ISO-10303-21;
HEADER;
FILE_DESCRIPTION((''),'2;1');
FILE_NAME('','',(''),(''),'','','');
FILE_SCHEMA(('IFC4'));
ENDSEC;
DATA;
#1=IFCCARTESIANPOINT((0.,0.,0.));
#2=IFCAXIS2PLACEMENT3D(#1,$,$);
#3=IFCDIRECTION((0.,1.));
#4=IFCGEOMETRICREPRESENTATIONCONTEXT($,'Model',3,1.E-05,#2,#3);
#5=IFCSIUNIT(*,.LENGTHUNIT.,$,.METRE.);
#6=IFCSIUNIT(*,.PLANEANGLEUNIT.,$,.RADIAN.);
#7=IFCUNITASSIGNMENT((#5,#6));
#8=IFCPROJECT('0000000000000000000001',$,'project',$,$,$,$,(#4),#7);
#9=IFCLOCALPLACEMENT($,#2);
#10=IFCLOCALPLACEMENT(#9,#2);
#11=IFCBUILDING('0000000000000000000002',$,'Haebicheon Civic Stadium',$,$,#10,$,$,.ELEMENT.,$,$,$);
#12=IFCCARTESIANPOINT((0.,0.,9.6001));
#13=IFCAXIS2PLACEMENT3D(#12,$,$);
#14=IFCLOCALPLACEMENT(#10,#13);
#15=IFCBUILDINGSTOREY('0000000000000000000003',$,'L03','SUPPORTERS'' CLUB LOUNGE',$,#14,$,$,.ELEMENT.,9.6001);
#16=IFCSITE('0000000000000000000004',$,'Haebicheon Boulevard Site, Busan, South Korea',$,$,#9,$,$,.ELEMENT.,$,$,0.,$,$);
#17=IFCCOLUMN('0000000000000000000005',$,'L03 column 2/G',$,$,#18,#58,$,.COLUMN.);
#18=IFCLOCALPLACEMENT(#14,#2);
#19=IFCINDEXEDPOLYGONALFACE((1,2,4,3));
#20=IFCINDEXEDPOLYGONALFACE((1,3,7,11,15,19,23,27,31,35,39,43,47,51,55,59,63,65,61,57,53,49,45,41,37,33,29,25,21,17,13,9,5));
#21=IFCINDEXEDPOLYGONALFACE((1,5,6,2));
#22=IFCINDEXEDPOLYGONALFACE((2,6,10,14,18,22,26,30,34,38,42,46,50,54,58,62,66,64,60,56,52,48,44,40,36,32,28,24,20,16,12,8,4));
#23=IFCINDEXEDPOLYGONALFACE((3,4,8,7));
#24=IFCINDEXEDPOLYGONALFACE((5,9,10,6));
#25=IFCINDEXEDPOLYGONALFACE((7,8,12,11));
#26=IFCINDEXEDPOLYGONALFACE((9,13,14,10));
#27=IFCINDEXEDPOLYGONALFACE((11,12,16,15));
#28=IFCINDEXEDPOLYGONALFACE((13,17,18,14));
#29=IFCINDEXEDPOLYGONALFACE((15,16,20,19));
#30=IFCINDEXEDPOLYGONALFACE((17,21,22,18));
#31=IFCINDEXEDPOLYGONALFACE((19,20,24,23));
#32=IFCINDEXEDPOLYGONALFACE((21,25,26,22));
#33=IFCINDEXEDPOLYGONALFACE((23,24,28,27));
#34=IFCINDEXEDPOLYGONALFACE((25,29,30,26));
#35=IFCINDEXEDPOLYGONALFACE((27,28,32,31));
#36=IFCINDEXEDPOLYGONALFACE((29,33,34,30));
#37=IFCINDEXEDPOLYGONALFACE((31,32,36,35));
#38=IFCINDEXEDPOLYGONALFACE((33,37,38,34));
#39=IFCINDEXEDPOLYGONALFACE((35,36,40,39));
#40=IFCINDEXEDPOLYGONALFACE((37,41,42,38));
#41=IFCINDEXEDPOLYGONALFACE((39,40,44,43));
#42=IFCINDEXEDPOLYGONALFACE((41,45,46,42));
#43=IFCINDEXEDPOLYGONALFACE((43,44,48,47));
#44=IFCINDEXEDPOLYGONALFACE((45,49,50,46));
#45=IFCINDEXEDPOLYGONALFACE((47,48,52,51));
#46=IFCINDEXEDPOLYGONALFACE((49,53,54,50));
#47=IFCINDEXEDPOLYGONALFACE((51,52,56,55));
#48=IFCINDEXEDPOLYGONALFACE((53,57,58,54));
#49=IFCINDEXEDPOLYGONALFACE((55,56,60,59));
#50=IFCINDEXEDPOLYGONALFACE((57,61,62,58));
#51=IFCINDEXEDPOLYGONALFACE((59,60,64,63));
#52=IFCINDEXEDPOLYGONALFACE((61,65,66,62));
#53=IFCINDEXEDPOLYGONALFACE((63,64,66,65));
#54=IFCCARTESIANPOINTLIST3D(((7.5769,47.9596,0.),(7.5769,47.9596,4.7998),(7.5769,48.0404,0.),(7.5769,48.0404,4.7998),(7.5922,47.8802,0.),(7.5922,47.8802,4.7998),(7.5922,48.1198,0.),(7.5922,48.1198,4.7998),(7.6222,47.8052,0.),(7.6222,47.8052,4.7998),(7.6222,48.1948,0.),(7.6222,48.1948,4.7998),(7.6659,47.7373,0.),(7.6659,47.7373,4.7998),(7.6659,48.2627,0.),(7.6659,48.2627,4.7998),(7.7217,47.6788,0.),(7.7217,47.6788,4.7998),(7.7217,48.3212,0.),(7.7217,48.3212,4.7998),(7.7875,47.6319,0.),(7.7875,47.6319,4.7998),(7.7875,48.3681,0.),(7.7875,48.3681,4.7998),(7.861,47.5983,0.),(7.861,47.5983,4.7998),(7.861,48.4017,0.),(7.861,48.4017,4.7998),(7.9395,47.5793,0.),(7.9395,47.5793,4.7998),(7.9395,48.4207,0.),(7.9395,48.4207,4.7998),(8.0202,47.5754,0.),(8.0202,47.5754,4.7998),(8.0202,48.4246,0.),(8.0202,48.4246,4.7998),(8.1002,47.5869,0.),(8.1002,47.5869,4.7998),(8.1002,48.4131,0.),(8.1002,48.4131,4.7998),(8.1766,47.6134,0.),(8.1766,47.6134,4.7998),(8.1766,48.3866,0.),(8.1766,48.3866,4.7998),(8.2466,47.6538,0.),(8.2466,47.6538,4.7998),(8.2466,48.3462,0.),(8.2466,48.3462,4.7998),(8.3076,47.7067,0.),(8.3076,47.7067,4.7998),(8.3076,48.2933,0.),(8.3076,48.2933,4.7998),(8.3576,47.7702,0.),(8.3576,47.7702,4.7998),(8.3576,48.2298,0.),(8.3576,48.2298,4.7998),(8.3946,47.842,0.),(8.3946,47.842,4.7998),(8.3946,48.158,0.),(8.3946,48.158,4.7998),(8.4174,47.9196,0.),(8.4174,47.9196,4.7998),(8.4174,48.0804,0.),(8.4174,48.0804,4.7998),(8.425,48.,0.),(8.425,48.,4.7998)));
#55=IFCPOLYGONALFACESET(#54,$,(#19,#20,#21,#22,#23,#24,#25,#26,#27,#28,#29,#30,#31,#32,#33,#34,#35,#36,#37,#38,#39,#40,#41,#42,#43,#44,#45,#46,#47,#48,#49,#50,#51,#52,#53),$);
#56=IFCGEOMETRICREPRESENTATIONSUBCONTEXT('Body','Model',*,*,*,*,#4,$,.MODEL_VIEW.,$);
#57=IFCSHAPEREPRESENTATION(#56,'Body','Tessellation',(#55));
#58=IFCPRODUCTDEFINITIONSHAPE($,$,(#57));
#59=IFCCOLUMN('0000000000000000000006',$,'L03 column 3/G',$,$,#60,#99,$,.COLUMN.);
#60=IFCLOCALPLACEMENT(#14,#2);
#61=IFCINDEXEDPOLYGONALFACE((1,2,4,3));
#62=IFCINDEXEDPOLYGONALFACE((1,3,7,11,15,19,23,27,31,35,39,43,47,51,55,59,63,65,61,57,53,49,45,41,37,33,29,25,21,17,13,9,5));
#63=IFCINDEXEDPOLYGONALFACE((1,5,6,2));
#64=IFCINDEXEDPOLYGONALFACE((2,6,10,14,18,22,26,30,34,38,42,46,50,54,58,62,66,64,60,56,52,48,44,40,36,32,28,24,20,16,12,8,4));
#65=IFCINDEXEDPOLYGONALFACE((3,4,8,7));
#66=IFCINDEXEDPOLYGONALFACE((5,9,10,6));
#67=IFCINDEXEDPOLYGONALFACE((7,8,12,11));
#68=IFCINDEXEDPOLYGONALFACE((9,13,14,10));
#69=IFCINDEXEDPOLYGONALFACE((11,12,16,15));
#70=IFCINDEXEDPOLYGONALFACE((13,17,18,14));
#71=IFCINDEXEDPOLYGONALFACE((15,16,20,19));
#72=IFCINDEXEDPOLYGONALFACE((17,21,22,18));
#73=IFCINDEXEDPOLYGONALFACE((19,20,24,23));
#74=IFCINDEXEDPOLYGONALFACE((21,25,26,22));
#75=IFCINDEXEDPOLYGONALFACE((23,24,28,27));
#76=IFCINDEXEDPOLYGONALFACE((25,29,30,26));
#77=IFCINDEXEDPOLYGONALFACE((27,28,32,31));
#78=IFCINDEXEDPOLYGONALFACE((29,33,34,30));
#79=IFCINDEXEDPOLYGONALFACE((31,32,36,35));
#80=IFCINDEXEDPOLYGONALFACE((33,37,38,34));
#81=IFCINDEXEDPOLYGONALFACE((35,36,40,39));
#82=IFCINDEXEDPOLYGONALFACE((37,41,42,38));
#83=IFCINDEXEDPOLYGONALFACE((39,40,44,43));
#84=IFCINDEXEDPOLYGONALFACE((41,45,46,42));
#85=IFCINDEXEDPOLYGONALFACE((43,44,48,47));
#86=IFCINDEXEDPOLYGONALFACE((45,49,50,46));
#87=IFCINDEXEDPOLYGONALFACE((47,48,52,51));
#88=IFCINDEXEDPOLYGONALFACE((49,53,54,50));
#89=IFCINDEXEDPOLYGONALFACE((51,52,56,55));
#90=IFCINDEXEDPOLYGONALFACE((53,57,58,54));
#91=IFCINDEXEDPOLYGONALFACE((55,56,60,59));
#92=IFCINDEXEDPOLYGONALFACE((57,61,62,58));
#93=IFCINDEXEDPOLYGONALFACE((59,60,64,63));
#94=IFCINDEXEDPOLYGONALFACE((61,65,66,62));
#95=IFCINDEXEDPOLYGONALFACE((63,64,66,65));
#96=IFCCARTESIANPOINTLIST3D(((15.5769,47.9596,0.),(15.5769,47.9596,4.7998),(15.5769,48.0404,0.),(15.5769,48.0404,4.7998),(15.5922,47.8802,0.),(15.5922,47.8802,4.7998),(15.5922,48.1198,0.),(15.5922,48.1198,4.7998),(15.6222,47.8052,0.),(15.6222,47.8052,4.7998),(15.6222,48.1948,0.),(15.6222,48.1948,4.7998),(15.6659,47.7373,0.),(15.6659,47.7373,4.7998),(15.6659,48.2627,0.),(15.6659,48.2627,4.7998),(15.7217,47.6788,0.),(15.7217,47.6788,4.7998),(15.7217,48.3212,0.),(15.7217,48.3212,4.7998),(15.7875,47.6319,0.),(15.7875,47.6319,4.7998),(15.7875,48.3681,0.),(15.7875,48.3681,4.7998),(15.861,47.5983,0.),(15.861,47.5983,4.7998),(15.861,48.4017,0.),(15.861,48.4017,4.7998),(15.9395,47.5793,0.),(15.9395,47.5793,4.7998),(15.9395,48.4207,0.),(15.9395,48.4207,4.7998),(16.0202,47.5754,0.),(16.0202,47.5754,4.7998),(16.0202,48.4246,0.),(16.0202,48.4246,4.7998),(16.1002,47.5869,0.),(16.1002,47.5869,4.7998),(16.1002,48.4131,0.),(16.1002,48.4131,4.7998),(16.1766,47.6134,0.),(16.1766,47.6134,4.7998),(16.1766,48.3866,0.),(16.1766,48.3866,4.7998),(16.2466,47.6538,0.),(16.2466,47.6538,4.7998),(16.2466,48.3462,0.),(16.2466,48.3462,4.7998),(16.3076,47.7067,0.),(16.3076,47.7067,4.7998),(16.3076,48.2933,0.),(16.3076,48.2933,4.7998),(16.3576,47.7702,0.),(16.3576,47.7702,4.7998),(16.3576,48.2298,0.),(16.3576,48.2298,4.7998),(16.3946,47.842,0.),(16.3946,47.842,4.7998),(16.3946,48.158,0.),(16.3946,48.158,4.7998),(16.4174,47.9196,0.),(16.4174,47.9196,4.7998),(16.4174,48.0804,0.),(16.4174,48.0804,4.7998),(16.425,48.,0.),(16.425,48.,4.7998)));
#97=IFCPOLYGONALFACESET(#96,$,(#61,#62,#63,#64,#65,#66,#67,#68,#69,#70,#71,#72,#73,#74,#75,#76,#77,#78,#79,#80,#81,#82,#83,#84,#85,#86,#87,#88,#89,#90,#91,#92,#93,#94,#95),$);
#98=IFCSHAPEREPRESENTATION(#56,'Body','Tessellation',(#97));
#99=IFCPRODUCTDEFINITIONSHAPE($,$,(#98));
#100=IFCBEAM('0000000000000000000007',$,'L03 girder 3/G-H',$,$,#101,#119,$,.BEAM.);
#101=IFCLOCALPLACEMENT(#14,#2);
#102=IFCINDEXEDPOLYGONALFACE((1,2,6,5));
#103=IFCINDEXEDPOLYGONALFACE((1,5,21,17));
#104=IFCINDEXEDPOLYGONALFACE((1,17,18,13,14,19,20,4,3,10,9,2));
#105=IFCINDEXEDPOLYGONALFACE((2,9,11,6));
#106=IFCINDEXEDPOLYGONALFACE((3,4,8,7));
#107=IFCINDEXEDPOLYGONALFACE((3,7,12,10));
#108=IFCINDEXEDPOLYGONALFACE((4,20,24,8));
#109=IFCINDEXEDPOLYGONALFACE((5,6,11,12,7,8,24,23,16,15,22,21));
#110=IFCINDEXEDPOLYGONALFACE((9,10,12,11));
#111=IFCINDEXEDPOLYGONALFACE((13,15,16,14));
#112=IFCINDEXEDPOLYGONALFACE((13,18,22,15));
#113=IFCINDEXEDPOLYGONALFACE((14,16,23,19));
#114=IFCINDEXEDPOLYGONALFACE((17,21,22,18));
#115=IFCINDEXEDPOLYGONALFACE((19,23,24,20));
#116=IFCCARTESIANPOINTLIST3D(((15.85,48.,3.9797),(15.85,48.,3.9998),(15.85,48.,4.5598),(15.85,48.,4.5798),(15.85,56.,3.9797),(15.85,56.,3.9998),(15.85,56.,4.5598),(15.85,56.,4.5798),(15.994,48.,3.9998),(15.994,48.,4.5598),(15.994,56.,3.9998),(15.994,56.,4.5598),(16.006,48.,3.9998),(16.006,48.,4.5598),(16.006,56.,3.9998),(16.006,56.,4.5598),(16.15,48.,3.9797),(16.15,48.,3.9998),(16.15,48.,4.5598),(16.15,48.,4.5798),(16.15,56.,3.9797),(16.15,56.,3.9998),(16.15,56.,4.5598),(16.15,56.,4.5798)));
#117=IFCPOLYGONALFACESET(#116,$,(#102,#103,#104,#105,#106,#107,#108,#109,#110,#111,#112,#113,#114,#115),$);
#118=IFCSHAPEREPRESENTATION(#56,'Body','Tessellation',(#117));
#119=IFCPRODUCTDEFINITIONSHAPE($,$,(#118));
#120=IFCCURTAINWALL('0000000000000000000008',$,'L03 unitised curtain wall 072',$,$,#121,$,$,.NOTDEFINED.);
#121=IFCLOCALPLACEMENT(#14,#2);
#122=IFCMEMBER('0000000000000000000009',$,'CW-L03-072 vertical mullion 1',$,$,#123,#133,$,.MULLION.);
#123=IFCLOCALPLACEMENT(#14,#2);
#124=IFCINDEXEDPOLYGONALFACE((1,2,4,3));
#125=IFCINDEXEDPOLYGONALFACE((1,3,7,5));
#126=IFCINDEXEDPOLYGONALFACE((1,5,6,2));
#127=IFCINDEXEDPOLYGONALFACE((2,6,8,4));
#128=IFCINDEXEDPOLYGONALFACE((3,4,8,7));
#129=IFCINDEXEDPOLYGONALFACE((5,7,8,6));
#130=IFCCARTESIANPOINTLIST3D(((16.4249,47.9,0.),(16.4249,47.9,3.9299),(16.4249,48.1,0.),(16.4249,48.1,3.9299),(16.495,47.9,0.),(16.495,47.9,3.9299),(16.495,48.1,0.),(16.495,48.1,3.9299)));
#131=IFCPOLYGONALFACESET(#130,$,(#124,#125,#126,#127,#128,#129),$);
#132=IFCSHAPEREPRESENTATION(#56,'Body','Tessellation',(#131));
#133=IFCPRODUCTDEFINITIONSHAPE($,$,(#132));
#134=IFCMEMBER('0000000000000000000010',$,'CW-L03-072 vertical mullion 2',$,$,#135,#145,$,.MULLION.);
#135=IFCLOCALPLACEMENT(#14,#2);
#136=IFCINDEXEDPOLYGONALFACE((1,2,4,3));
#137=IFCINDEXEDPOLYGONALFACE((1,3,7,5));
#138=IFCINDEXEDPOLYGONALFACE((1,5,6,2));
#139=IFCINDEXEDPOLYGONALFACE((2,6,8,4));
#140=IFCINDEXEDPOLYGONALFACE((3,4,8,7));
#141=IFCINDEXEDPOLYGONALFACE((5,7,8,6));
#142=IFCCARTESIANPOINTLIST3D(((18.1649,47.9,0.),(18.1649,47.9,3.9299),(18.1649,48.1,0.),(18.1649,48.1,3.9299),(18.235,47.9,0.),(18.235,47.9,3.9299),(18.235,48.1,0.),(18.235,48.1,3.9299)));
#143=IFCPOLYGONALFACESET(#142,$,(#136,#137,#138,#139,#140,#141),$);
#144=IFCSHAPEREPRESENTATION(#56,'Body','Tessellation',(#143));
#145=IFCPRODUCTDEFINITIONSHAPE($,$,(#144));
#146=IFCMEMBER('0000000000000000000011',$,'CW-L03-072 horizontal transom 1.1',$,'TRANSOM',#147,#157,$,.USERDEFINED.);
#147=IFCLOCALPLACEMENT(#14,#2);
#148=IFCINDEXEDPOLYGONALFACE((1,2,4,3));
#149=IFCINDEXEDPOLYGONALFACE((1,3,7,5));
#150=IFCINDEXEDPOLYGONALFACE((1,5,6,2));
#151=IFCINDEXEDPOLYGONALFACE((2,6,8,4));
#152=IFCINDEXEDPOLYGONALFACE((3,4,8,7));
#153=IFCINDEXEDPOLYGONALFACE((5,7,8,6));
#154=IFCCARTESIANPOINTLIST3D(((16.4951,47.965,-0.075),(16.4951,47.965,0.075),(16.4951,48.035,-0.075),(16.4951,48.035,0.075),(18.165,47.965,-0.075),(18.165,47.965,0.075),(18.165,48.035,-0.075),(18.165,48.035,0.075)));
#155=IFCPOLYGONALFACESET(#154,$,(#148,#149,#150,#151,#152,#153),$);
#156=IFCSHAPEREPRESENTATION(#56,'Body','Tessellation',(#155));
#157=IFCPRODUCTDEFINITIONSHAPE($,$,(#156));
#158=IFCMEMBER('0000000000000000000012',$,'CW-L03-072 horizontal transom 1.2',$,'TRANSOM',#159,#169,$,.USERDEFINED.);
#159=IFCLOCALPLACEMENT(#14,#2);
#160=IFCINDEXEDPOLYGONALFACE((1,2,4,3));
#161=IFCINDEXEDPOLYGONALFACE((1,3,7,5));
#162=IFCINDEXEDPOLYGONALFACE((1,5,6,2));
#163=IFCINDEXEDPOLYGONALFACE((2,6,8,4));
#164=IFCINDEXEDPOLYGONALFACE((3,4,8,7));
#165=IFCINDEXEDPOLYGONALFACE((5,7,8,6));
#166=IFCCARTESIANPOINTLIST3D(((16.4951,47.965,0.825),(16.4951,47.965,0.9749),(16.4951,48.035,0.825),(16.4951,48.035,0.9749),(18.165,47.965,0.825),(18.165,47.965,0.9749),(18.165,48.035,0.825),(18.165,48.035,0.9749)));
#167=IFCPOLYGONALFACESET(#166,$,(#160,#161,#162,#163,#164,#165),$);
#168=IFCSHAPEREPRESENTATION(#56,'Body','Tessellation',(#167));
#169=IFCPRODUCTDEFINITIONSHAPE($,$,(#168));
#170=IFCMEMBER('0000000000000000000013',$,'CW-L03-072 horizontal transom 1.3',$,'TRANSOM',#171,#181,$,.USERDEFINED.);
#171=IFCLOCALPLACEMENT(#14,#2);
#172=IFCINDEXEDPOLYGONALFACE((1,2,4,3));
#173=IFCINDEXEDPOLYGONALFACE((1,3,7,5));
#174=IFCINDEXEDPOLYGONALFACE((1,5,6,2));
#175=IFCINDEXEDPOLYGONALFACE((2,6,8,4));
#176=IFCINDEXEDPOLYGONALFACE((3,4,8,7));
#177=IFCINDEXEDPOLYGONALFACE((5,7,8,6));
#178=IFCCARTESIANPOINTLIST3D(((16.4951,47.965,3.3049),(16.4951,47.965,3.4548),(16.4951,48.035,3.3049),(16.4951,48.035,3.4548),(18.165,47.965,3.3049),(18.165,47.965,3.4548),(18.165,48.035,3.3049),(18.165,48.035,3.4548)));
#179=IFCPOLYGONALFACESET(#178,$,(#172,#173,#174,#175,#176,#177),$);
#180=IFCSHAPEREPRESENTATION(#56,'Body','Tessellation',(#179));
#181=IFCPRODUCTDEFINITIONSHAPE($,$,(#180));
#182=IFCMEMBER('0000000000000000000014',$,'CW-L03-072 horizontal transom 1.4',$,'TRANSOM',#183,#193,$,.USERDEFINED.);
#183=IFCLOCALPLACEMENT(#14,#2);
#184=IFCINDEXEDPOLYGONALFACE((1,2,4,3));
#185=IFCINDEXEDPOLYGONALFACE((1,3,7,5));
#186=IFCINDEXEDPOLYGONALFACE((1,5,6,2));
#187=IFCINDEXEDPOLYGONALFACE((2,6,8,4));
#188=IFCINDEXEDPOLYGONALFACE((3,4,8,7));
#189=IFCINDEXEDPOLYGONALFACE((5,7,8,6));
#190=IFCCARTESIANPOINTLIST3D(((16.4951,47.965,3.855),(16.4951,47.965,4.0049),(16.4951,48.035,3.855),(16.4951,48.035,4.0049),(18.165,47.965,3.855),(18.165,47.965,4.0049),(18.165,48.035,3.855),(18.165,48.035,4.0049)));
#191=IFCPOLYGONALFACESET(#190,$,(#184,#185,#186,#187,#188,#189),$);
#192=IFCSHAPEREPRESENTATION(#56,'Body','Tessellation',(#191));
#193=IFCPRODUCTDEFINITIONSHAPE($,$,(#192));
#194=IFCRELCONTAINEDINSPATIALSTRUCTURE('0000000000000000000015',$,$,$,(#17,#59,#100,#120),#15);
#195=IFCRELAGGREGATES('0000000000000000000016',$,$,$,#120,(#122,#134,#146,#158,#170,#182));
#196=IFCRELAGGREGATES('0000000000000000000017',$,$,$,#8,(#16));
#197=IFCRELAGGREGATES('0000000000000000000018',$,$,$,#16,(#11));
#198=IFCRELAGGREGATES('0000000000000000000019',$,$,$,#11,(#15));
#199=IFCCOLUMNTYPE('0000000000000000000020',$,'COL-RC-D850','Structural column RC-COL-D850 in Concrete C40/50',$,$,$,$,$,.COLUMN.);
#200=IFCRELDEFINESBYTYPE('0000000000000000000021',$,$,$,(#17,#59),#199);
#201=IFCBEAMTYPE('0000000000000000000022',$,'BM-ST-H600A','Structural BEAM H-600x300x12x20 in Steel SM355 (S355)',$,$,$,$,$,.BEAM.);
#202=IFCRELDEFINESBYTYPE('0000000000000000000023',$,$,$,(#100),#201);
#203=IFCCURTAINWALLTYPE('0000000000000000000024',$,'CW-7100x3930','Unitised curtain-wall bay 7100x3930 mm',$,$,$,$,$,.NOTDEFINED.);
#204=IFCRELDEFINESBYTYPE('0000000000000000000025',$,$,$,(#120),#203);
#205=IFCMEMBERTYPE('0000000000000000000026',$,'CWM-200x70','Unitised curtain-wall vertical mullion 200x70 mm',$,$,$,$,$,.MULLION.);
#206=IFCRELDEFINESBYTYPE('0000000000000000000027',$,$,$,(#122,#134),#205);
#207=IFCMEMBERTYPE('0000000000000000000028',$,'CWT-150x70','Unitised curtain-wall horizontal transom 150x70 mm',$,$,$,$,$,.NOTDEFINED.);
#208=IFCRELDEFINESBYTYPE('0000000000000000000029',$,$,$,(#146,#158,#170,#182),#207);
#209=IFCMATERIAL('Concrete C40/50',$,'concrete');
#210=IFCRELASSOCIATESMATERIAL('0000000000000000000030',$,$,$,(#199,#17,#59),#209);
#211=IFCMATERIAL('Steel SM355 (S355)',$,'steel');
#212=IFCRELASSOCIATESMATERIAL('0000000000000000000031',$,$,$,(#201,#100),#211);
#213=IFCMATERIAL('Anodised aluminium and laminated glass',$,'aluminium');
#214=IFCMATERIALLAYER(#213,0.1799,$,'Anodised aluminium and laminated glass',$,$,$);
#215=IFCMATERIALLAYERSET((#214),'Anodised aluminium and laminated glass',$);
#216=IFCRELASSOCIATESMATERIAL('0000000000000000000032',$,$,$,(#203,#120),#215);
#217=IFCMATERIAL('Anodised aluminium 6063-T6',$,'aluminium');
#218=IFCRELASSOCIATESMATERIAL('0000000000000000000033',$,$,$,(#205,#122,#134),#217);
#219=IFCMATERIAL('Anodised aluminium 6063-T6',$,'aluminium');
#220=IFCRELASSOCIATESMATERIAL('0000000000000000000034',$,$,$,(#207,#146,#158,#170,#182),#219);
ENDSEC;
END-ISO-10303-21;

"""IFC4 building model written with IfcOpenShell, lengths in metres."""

from ifc_helpers import new_model, si_unit, direction, frame, origin, origin_2d, place, context, subcontext, project, spatial, rectangle, circle, i_section, extrude, material, layer, layer_set, material_profile, profile_set, type_object, element, aggregate, save


model = new_model("IFC4")

# Units and contexts
model_context = context("Model", 3, precision=1e-05, world=origin(), true_north=direction((0.0, 1.0)))
body_context = subcontext(model_context, "Body", "Model", "MODEL_VIEW")
ifc_project = project(units=[si_unit("LENGTHUNIT", "METRE"), si_unit("PLANEANGLEUNIT", "RADIAN")], contexts=[model_context])

# Site, building, storey
site_placement = place(None, origin())
site = spatial("IfcSite", under=ifc_project, at=site_placement, Name="Haebicheon Boulevard Site, Busan, South Korea", CompositionType="ELEMENT", RefElevation=0.0)
building_placement = place(site_placement, origin())
building = spatial("IfcBuilding", under=site, at=building_placement, Name="Haebicheon Civic Stadium", CompositionType="ELEMENT")
storey_placement = place(building_placement, frame((0.0, 0.0, 9.6001)))
storey = spatial("IfcBuildingStorey", under=building, at=storey_placement, Name="L03", Description="SUPPORTERS' CLUB LOUNGE", CompositionType="ELEMENT", Elevation=9.6001)

# Columns
ifc_material_1 = material(Name="Concrete C40/50", Category="concrete")
ifc_material_profile_1 = material_profile(ifc_material_1, circle(Radius=0.425, at=origin_2d()), Name="RC-COL-D850")
ifc_profile_set_1 = profile_set([ifc_material_profile_1], Name="Concrete C40/50")
column_type = type_object("IfcColumnType", Name="COL-RC-D850", Description="Structural column RC-COL-D850 in Concrete C40/50", PredefinedType="COLUMN", material=ifc_profile_set_1)
for number, where, z_axis, x_axis, name in (
    (1, (8.0, 48.0, 0.0), (0.0, 0.0, 1.0), (1.0, 0.0, 0.0), "L03 column 2/G"),
    (2, (16.0, 48.0, 0.0), (0.0, 0.0, 1.0), (1.0, 0.0, 0.0), "L03 column 3/G"),
):
    element("IfcColumn", number, at=place(storey_placement, frame(where, z_axis=z_axis, x_axis=x_axis)), inside=storey, type_object=column_type, material=ifc_profile_set_1, Name=name, PredefinedType="COLUMN", context=body_context, shape_type="SweptSolid", body=[
        extrude(circle(Radius=0.425, at=origin_2d()), origin(), (0.0, 0.0, 1.0), 4.7998),
    ])

# Beam
ifc_material_2 = material(Name="Steel SM355 (S355)", Category="steel")
ifc_material_profile_2 = material_profile(ifc_material_2, i_section(OverallWidth=0.3, OverallDepth=0.6001, WebThickness=0.012, FlangeThickness=0.02, at=origin_2d()), Name="H-600x300x12x20")
ifc_profile_set_2 = profile_set([ifc_material_profile_2], Name="Steel SM355 (S355)")
beam_type_1 = type_object("IfcBeamType", Name="BM-ST-H600A", Description="Structural BEAM H-600x300x12x20 in Steel SM355 (S355)", PredefinedType="BEAM", material=ifc_profile_set_2)
beam_placement = place(storey_placement, frame((16.0, 48.0, 4.2798), z_axis=(0.0, 1.0, 0.0), x_axis=(-1.0, 0.0, 0.0)))
element("IfcBeam", 3, at=beam_placement, inside=storey, type_object=beam_type_1, material=ifc_profile_set_2, Name="L03 girder 3/G-H", PredefinedType="BEAM", context=body_context, shape_type="SweptSolid", body=[
    extrude(i_section(OverallWidth=0.3, OverallDepth=0.6001, WebThickness=0.012, FlangeThickness=0.02, at=origin_2d()), origin(), (0.0, 0.0, 1.0), 8.0),
])

# Curtain wall, members
ifc_material_3 = material(Name="Anodised aluminium and laminated glass", Category="aluminium")
ifc_layer_1 = layer(ifc_material_3, 0.1799, Name="Anodised aluminium and laminated glass")
ifc_layer_set_1 = layer_set([ifc_layer_1], Name="Anodised aluminium and laminated glass")
curtain_wall_type = type_object("IfcCurtainWallType", Name="CW-7100x3930", Description="Unitised curtain-wall bay 7100x3930 mm", PredefinedType="NOTDEFINED", material=ifc_layer_set_1)
curtain_wall_placement = place(storey_placement, origin())
curtain_wall = element("IfcCurtainWall", 4, at=curtain_wall_placement, inside=storey, type_object=curtain_wall_type, material=ifc_layer_set_1, Name="L03 unitised curtain wall 072", PredefinedType="NOTDEFINED")
ifc_material_4 = material(Name="Anodised aluminium 6063-T6", Category="aluminium")
ifc_material_profile_3 = material_profile(ifc_material_4, rectangle(XDim=0.0701, YDim=0.2, at=origin_2d()), Name="ALU-MULL-70x200")
ifc_profile_set_3 = profile_set([ifc_material_profile_3], Name="Anodised aluminium 6063-T6")
member_type_1 = type_object("IfcMemberType", Name="CWM-200x70", Description="Unitised curtain-wall vertical mullion 200x70 mm", PredefinedType="MULLION", material=ifc_profile_set_3)
member_1_placement = place(storey_placement, frame((16.46, 48.0, 0.0), z_axis=(0.0, 0.0, 1.0), x_axis=(1.0, 0.0, 0.0)))
member_1 = element("IfcMember", 5, at=member_1_placement, type_object=member_type_1, material=ifc_profile_set_3, Name="CW-L03-072 vertical mullion 1", PredefinedType="MULLION", context=body_context, shape_type="SweptSolid", body=[
    extrude(rectangle(XDim=0.0701, YDim=0.2, at=origin_2d()), origin(), (0.0, 0.0, 1.0), 3.9299),
])
member_2_placement = place(storey_placement, frame((18.2, 48.0, 0.0), z_axis=(0.0, 0.0, 1.0), x_axis=(1.0, 0.0, 0.0)))
member_2 = element("IfcMember", 6, at=member_2_placement, type_object=member_type_1, material=ifc_profile_set_3, Name="CW-L03-072 vertical mullion 2", PredefinedType="MULLION", context=body_context, shape_type="SweptSolid", body=[
    extrude(rectangle(XDim=0.0701, YDim=0.2, at=origin_2d()), origin(), (0.0, 0.0, 1.0), 3.9299),
])
ifc_material_5 = material(Name="Anodised aluminium 6063-T6", Category="aluminium")
ifc_material_profile_4 = material_profile(ifc_material_5, rectangle(XDim=0.0701, YDim=0.1499, at=origin_2d()), Name="ALU-TRAN-70x150")
ifc_profile_set_4 = profile_set([ifc_material_profile_4], Name="Anodised aluminium 6063-T6")
member_type_2 = type_object("IfcMemberType", Name="CWT-150x70", Description="Unitised curtain-wall horizontal transom 150x70 mm", PredefinedType="NOTDEFINED", material=ifc_profile_set_4)
member_3_placement = place(storey_placement, frame((16.4951, 48.0, 0.0), z_axis=(1.0, 0.0, 0.0), x_axis=(0.0, 1.0, 0.0)))
member_3 = element("IfcMember", 7, at=member_3_placement, type_object=member_type_2, material=ifc_profile_set_4, Name="CW-L03-072 horizontal transom 1.1", ObjectType="TRANSOM", PredefinedType="USERDEFINED", context=body_context, shape_type="SweptSolid", body=[
    extrude(rectangle(XDim=0.0701, YDim=0.1499, at=origin_2d()), origin(), (0.0, 0.0, 1.0), 1.6699),
])
member_4_placement = place(storey_placement, frame((16.4951, 48.0, 0.8999), z_axis=(1.0, 0.0, 0.0), x_axis=(0.0, 1.0, 0.0)))
member_4 = element("IfcMember", 8, at=member_4_placement, type_object=member_type_2, material=ifc_profile_set_4, Name="CW-L03-072 horizontal transom 1.2", ObjectType="TRANSOM", PredefinedType="USERDEFINED", context=body_context, shape_type="SweptSolid", body=[
    extrude(rectangle(XDim=0.0701, YDim=0.1499, at=origin_2d()), origin(), (0.0, 0.0, 1.0), 1.6699),
])
member_5_placement = place(storey_placement, frame((16.4951, 48.0, 3.3799), z_axis=(1.0, 0.0, 0.0), x_axis=(0.0, 1.0, 0.0)))
member_5 = element("IfcMember", 9, at=member_5_placement, type_object=member_type_2, material=ifc_profile_set_4, Name="CW-L03-072 horizontal transom 1.3", ObjectType="TRANSOM", PredefinedType="USERDEFINED", context=body_context, shape_type="SweptSolid", body=[
    extrude(rectangle(XDim=0.0701, YDim=0.1499, at=origin_2d()), origin(), (0.0, 0.0, 1.0), 1.6699),
])
member_6_placement = place(storey_placement, frame((16.4951, 48.0, 3.9299), z_axis=(1.0, 0.0, 0.0), x_axis=(0.0, 1.0, 0.0)))
member_6 = element("IfcMember", 10, at=member_6_placement, type_object=member_type_2, material=ifc_profile_set_4, Name="CW-L03-072 horizontal transom 1.4", ObjectType="TRANSOM", PredefinedType="USERDEFINED", context=body_context, shape_type="SweptSolid", body=[
    extrude(rectangle(XDim=0.0701, YDim=0.1499, at=origin_2d()), origin(), (0.0, 0.0, 1.0), 1.6699),
])

aggregate(curtain_wall, [member_1, member_2, member_3, member_4, member_5, member_6])

save(model, "model.ifc")
